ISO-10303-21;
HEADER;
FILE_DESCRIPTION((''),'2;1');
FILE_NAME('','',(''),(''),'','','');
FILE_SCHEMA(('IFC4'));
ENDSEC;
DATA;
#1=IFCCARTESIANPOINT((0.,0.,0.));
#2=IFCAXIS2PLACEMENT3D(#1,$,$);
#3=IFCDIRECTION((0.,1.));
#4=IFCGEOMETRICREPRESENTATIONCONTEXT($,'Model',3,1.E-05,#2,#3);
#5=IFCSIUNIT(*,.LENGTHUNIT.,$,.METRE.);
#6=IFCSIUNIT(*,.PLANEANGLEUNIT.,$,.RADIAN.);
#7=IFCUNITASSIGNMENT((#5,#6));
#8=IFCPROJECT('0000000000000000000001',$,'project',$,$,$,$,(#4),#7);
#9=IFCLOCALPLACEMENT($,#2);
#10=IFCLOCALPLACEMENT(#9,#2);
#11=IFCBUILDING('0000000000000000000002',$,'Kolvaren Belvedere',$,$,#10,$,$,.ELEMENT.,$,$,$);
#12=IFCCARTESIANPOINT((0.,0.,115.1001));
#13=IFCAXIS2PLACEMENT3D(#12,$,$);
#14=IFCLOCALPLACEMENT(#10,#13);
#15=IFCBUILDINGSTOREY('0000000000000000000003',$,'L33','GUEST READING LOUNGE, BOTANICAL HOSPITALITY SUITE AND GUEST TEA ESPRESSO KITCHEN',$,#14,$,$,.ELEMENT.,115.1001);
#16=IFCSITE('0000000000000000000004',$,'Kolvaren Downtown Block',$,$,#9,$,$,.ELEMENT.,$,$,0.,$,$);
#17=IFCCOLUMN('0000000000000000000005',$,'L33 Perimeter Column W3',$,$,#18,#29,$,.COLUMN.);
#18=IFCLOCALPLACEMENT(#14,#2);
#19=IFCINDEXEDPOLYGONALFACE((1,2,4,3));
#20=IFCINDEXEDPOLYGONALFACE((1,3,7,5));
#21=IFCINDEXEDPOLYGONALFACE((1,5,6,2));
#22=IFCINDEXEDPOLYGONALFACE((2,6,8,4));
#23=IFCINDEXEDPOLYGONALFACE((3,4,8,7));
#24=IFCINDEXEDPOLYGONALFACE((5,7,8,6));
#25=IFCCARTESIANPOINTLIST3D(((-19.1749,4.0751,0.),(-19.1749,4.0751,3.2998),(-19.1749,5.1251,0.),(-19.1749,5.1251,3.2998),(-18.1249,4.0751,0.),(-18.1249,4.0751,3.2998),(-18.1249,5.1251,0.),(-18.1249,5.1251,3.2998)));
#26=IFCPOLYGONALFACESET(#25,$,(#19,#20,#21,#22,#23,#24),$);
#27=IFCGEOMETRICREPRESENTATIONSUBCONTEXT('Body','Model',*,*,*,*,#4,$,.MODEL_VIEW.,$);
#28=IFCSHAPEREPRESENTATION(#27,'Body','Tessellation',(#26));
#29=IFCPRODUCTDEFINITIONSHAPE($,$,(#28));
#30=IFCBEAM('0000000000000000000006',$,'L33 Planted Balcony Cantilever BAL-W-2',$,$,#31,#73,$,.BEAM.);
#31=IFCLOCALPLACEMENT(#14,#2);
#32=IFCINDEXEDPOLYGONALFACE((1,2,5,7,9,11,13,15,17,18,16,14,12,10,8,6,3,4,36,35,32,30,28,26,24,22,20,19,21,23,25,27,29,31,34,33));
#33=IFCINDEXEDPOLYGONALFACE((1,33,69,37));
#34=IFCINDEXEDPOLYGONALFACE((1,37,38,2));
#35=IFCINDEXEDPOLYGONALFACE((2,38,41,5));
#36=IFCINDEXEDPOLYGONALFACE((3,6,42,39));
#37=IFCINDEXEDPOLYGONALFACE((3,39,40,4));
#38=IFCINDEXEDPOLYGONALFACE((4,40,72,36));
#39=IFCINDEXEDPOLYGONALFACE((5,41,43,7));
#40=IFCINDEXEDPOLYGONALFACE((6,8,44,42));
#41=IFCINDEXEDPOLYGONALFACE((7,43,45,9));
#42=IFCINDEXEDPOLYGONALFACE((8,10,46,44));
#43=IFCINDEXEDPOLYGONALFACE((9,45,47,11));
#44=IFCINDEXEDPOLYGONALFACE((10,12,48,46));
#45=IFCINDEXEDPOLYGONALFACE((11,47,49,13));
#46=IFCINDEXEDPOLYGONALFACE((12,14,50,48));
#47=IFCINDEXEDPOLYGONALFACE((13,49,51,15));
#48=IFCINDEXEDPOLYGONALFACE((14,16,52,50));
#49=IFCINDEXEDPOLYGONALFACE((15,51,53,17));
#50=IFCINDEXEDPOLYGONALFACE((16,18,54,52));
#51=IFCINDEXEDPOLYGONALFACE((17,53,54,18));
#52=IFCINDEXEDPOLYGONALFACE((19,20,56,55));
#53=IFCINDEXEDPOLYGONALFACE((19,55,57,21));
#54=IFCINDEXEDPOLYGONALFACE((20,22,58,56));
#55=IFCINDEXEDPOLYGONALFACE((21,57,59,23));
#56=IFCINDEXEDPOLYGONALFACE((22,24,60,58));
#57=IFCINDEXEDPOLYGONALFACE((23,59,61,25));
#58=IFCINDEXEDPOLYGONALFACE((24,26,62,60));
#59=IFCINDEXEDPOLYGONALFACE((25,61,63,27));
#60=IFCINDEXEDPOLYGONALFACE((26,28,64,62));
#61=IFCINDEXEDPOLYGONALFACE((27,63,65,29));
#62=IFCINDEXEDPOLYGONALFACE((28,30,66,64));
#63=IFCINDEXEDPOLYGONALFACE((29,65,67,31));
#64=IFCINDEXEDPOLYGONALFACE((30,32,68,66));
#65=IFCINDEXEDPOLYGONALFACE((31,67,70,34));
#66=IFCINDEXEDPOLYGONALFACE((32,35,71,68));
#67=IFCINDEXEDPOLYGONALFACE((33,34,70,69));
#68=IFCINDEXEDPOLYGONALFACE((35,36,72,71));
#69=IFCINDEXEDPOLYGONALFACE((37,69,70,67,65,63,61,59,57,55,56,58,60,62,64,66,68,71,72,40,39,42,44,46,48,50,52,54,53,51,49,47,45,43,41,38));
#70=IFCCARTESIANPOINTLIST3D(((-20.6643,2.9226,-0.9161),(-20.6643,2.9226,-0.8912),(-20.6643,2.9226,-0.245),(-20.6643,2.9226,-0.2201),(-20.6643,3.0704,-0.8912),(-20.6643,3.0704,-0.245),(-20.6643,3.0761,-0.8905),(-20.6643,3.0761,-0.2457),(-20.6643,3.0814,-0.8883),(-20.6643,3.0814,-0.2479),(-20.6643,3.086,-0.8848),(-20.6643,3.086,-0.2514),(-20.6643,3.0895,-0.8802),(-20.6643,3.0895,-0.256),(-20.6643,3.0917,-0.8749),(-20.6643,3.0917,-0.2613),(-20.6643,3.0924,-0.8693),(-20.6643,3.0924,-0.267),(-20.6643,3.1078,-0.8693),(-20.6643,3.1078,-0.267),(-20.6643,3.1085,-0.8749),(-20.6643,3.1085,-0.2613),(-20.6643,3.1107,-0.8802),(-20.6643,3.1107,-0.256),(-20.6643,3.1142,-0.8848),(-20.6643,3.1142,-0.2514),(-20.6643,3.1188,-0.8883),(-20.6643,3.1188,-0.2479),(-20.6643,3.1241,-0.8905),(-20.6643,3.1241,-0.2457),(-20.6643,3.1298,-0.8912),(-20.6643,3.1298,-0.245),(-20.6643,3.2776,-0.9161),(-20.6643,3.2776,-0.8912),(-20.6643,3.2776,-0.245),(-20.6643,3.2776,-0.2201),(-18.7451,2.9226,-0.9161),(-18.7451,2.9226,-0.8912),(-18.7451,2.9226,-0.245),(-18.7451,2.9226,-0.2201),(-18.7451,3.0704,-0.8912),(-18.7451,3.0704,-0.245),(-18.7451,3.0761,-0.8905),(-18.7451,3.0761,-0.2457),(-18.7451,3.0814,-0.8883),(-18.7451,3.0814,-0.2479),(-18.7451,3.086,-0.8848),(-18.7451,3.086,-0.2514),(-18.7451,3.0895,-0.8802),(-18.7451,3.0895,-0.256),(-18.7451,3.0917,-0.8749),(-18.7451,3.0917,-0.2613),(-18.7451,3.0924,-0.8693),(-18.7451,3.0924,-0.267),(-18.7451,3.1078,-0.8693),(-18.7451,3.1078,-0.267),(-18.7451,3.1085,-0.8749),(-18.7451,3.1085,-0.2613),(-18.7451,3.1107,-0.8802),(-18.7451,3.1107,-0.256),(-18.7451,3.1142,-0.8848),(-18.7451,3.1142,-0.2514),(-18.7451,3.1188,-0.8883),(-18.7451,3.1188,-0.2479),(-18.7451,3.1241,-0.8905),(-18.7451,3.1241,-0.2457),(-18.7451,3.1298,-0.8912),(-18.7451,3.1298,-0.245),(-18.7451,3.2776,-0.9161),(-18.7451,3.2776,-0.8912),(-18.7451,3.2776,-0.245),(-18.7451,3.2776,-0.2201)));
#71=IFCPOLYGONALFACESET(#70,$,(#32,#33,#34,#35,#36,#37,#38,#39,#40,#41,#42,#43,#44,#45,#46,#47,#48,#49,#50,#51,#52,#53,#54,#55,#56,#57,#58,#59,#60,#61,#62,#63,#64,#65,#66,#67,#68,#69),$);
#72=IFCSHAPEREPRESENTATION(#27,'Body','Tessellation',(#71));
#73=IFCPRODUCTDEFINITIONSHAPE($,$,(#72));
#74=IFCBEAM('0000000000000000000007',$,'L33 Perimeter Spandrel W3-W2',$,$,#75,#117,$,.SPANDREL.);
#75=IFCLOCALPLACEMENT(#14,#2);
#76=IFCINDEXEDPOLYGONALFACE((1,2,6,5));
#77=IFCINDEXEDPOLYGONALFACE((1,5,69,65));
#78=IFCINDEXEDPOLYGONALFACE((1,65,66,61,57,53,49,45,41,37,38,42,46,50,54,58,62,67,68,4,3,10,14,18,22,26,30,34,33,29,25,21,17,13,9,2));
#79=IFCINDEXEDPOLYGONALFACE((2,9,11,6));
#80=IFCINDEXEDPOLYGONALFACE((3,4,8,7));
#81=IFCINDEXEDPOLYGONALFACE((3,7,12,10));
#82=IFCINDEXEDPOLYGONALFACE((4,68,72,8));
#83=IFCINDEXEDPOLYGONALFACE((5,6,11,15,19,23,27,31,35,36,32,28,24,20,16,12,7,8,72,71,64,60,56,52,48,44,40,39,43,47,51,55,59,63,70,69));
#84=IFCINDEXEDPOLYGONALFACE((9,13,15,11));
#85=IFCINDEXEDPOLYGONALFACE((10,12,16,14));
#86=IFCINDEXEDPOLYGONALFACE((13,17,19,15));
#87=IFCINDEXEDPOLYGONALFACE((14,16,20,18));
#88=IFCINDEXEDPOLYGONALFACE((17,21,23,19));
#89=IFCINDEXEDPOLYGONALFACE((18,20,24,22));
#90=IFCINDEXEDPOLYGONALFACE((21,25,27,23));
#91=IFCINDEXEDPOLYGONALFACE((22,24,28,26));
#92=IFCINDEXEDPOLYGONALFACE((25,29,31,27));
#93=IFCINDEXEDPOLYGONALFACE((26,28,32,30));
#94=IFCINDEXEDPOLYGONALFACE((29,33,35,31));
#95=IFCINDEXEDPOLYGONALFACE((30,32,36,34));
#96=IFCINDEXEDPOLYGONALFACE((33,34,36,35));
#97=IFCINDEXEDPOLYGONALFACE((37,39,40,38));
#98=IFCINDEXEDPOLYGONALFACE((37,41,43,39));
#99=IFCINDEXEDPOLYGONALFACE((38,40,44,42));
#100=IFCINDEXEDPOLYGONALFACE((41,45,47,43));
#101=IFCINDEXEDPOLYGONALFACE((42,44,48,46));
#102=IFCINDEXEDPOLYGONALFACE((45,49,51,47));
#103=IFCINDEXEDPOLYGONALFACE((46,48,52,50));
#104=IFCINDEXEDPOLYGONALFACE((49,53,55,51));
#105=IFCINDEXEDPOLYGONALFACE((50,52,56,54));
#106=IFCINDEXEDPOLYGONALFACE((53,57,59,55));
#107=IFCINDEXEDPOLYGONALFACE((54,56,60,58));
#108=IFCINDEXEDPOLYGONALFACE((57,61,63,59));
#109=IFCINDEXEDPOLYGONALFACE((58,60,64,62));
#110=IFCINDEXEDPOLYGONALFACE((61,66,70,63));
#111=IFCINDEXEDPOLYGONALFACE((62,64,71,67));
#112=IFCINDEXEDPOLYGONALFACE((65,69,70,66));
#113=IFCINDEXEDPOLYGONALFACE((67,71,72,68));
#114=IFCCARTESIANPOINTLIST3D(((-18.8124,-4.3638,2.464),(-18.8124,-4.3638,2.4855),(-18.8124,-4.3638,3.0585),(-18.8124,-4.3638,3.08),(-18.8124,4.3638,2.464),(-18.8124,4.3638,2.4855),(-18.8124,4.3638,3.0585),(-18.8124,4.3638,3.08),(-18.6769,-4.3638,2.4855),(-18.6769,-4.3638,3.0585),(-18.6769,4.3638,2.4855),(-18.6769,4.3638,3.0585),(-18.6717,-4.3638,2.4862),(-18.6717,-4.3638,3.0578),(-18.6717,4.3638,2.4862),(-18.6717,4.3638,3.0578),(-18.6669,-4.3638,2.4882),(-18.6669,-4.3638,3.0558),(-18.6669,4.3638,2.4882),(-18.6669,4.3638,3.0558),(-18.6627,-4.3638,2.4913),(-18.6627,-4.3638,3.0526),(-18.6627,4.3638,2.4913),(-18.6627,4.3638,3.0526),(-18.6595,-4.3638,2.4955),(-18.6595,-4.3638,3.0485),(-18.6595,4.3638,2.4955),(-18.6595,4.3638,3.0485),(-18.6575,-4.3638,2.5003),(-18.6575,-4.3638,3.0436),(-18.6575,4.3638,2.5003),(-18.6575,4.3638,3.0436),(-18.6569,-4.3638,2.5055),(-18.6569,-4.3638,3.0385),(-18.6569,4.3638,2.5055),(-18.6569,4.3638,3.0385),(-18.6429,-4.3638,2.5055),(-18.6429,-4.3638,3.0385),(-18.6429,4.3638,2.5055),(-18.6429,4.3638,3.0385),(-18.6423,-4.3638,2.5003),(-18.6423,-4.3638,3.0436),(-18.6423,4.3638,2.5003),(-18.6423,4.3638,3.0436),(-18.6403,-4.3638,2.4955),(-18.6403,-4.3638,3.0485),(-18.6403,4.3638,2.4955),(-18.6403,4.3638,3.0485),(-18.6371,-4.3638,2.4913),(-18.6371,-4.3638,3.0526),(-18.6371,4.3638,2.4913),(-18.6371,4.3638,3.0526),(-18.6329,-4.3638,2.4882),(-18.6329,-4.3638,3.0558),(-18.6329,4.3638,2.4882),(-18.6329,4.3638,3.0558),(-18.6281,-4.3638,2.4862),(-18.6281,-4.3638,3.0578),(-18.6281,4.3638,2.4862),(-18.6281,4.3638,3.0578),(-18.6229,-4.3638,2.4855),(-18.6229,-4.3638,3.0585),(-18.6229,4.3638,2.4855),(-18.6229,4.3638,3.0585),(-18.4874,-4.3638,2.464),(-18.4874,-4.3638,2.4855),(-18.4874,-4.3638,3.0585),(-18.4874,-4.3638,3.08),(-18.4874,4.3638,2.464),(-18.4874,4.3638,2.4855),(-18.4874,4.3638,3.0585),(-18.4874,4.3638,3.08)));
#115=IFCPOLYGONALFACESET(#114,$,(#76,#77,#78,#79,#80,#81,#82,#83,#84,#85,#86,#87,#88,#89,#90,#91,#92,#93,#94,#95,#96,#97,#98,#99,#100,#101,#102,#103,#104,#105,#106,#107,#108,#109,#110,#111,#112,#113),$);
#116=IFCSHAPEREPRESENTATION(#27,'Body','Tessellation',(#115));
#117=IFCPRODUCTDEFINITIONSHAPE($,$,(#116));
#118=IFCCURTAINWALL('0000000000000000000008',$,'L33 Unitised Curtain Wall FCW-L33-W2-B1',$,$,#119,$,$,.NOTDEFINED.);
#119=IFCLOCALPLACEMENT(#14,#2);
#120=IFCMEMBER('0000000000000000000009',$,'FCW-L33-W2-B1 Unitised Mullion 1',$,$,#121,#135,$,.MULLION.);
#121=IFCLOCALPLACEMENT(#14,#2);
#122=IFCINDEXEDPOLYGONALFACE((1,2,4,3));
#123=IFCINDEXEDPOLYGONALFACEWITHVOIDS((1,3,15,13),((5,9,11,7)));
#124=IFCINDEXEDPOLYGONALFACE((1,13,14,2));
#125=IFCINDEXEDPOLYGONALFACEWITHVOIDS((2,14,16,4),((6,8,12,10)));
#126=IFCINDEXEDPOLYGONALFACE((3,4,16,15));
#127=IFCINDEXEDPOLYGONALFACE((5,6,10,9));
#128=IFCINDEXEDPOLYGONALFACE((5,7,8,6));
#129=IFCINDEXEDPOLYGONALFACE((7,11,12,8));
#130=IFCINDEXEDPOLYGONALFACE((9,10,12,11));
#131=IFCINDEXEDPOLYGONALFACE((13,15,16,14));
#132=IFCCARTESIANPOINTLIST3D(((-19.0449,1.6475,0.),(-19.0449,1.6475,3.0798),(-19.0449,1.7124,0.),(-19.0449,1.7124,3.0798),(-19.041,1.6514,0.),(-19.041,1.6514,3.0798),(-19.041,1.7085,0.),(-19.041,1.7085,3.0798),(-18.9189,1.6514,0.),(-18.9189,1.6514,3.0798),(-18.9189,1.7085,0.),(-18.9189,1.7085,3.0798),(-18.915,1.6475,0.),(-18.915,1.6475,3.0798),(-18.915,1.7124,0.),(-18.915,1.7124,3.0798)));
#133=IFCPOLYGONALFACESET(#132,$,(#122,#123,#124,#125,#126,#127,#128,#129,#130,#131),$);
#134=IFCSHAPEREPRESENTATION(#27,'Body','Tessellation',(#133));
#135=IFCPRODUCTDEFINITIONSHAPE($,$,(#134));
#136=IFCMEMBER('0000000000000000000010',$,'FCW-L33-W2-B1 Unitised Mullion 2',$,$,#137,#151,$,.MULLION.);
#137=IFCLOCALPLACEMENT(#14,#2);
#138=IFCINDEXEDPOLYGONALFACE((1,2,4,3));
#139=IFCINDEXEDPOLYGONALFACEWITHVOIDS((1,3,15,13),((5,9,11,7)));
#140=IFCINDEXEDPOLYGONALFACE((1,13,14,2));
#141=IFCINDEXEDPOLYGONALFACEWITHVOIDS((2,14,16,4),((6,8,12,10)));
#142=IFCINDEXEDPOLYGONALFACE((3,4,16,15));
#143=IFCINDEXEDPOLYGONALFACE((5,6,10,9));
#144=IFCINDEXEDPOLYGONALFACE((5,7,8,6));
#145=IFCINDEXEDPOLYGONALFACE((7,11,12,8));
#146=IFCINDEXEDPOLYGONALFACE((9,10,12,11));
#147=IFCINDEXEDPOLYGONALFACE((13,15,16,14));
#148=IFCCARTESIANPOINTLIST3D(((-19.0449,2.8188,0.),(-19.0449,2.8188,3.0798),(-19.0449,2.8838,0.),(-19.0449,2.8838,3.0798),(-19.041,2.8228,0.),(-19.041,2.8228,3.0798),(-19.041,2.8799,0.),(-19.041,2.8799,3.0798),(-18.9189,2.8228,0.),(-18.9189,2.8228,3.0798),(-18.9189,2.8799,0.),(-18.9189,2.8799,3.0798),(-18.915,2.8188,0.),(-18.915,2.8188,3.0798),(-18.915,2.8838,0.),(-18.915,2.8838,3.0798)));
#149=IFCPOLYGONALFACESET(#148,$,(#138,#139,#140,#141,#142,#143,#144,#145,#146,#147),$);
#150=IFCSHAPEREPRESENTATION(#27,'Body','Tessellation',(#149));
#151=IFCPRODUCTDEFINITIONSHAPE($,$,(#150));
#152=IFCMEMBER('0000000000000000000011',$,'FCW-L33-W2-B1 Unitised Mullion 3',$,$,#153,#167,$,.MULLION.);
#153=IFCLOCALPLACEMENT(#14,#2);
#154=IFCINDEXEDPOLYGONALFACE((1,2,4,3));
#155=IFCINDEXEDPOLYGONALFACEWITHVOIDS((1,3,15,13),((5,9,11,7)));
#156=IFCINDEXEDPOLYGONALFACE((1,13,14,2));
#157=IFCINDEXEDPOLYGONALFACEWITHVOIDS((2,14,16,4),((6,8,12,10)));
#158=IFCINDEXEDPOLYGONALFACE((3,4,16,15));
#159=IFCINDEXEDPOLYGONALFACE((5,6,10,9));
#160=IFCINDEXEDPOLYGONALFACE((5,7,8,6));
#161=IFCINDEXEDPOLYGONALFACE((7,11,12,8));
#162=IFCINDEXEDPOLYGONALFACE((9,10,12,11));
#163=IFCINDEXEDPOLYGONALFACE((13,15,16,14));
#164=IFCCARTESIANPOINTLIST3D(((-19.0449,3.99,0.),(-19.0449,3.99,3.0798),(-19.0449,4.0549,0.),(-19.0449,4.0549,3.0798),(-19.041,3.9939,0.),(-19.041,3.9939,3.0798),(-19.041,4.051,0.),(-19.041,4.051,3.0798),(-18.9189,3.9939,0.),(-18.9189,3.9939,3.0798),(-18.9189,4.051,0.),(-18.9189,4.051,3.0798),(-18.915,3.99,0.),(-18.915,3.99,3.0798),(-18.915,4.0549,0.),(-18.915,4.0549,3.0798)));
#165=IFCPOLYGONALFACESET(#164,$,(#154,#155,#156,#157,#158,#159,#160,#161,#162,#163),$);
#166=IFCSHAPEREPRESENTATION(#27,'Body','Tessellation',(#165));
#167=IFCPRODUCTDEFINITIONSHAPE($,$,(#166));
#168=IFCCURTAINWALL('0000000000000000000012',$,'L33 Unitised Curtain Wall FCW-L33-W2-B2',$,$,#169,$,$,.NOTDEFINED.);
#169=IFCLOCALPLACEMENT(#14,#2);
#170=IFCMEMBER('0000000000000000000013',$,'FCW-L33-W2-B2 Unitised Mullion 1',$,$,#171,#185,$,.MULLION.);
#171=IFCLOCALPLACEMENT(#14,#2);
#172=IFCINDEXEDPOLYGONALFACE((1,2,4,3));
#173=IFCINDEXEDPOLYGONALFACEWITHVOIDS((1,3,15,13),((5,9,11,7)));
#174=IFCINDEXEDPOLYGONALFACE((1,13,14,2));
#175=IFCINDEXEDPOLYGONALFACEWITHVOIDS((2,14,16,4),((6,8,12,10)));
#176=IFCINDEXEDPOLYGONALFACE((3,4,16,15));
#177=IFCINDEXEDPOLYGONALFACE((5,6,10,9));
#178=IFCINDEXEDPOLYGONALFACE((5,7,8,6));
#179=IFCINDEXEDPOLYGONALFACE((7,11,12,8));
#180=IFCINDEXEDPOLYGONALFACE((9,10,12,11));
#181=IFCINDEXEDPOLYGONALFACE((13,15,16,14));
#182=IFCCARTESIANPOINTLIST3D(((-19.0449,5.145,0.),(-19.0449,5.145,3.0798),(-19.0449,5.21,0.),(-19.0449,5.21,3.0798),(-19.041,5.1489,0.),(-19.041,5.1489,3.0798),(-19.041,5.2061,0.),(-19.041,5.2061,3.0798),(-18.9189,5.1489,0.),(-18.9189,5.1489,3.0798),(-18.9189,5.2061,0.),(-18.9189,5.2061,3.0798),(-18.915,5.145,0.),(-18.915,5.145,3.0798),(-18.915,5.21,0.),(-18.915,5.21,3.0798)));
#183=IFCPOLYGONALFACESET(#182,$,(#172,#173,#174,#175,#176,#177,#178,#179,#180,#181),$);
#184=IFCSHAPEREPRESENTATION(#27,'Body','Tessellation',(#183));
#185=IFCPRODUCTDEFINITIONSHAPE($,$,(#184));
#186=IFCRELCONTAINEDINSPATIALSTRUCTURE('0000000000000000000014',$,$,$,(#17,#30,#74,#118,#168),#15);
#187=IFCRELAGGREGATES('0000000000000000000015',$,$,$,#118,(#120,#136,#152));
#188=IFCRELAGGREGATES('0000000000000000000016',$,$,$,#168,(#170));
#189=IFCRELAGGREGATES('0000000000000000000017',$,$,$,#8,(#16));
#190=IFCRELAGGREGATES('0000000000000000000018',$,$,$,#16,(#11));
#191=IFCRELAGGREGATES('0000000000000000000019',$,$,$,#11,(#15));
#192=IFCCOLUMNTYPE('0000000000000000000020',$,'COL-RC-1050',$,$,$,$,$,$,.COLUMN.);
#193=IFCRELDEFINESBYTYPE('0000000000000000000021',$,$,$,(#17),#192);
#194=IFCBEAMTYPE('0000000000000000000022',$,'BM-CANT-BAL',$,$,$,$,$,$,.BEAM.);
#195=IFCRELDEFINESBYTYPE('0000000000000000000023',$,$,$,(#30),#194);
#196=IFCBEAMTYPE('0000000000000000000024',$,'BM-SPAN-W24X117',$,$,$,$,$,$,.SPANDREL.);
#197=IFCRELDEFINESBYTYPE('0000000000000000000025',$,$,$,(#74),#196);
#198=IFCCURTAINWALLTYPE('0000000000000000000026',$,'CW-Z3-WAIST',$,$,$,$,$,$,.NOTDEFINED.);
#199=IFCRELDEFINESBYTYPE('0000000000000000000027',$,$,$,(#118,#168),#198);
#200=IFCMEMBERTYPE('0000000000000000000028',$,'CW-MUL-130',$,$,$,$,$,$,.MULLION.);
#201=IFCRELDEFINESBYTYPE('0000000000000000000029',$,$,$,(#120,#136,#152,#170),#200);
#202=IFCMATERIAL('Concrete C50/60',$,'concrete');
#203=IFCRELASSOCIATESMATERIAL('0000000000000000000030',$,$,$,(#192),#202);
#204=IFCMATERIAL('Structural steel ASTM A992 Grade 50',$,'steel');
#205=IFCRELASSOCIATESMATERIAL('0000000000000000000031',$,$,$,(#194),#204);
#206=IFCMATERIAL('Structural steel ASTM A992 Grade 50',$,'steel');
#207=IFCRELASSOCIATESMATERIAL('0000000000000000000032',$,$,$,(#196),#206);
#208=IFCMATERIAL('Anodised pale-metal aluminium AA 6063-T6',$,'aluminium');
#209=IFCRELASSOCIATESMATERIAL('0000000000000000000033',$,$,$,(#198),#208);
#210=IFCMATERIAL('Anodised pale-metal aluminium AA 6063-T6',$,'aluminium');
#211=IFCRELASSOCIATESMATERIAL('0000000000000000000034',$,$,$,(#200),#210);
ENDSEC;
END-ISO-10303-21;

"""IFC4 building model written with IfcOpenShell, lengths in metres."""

from ifc_helpers import new_model, si_unit, direction, frame, origin, origin_2d, place, context, subcontext, project, spatial, rectangle, hollow_rectangle, i_section, extrude, material, material_profile, profile_set, type_object, element, aggregate, save


model = new_model("IFC4")

# Units and contexts
model_context = context("Model", 3, precision=1e-05, world=origin(), true_north=direction((0.0, 1.0)))
body_context = subcontext(model_context, "Body", "Model", "MODEL_VIEW")
ifc_project = project(units=[si_unit("LENGTHUNIT", "METRE"), si_unit("PLANEANGLEUNIT", "RADIAN")], contexts=[model_context])

# Site, building, storey
site_placement = place(None, origin())
site = spatial("IfcSite", under=ifc_project, at=site_placement, Name="Kolvaren Downtown Block", CompositionType="ELEMENT", RefElevation=0.0)
building_placement = place(site_placement, origin())
building = spatial("IfcBuilding", under=site, at=building_placement, Name="Kolvaren Belvedere", CompositionType="ELEMENT")
storey_placement = place(building_placement, frame((0.0, 0.0, 115.1001)))
storey = spatial("IfcBuildingStorey", under=building, at=storey_placement, Name="L33", Description="GUEST READING LOUNGE, BOTANICAL HOSPITALITY SUITE AND GUEST TEA ESPRESSO KITCHEN", CompositionType="ELEMENT", Elevation=115.1001)

# Column
ifc_material_1 = material(Name="Concrete C50/60", Category="concrete")
ifc_material_profile_1 = material_profile(ifc_material_1, rectangle(XDim=1.05, YDim=1.05, at=origin_2d()), Name="RC 1050X1050")
ifc_profile_set_1 = profile_set([ifc_material_profile_1], Name="Concrete C50/60")
column_type = type_object("IfcColumnType", Name="COL-RC-1050", PredefinedType="COLUMN", material=ifc_profile_set_1)
column_placement = place(storey_placement, frame((-18.6499, 4.6001, 0.0), z_axis=(0.0, 0.0, 1.0), x_axis=(1.0, 0.0, 0.0)))
element("IfcColumn", 1, at=column_placement, inside=storey, type_object=column_type, Name="L33 Perimeter Column W3", PredefinedType="COLUMN", context=body_context, shape_type="SweptSolid", body=[
    extrude(rectangle(XDim=1.05, YDim=1.05, at=origin_2d()), origin(), (0.0, 0.0, 1.0), 3.2998),
])

# Beams
ifc_material_2 = material(Name="Structural steel ASTM A992 Grade 50", Category="steel")
ifc_material_profile_2 = material_profile(ifc_material_2, i_section(OverallWidth=0.355, OverallDepth=0.696, WebThickness=0.0154, FlangeThickness=0.0249, FilletRadius=0.022, at=origin_2d()), Name="W27X146")
ifc_profile_set_2 = profile_set([ifc_material_profile_2], Name="Structural steel ASTM A992 Grade 50")
beam_type_1 = type_object("IfcBeamType", Name="BM-CANT-BAL", PredefinedType="BEAM", material=ifc_profile_set_2)
beam_1_placement = place(storey_placement, frame((-18.7451, 3.1001, -0.5681), z_axis=(-1.0, 0.0, 0.0), x_axis=(0.0, -1.0, 0.0)))
element("IfcBeam", 2, at=beam_1_placement, inside=storey, type_object=beam_type_1, Name="L33 Planted Balcony Cantilever BAL-W-2", PredefinedType="BEAM", context=body_context, shape_type="SweptSolid", body=[
    extrude(i_section(OverallWidth=0.355, OverallDepth=0.696, WebThickness=0.0154, FlangeThickness=0.0249, FilletRadius=0.022, at=origin_2d()), origin(), (0.0, 0.0, 1.0), 1.9192),
])
ifc_material_3 = material(Name="Structural steel ASTM A992 Grade 50", Category="steel")
ifc_material_profile_3 = material_profile(ifc_material_3, i_section(OverallWidth=0.325, OverallDepth=0.616, WebThickness=0.0139, FlangeThickness=0.0215, FilletRadius=0.02, at=origin_2d()), Name="W24X117")
ifc_profile_set_3 = profile_set([ifc_material_profile_3], Name="Structural steel ASTM A992 Grade 50")
beam_type_2 = type_object("IfcBeamType", Name="BM-SPAN-W24X117", PredefinedType="SPANDREL", material=ifc_profile_set_3)
beam_2_placement = place(storey_placement, frame((-18.6499, 4.3638, 2.772), z_axis=(0.0, -1.0, 0.0), x_axis=(1.0, 0.0, 0.0)))
element("IfcBeam", 3, at=beam_2_placement, inside=storey, type_object=beam_type_2, Name="L33 Perimeter Spandrel W3-W2", PredefinedType="SPANDREL", context=body_context, shape_type="SweptSolid", body=[
    extrude(i_section(OverallWidth=0.325, OverallDepth=0.616, WebThickness=0.0139, FlangeThickness=0.0215, FilletRadius=0.02, at=origin_2d()), origin(), (0.0, 0.0, 1.0), 8.7275),
])

# Curtain wall, members
ifc_material_4 = material(Name="Anodised pale-metal aluminium AA 6063-T6", Category="aluminium")
curtain_wall_type = type_object("IfcCurtainWallType", Name="CW-Z3-WAIST", PredefinedType="NOTDEFINED", material=ifc_material_4)
curtain_wall_1_placement = place(storey_placement, origin())
curtain_wall_1 = element("IfcCurtainWall", 4, at=curtain_wall_1_placement, inside=storey, type_object=curtain_wall_type, Name="L33 Unitised Curtain Wall FCW-L33-W2-B1", PredefinedType="NOTDEFINED")
ifc_material_5 = material(Name="Anodised pale-metal aluminium AA 6063-T6", Category="aluminium")
ifc_material_profile_4 = material_profile(ifc_material_5, hollow_rectangle(XDim=0.0649, YDim=0.1299, WallThickness=0.0039, at=origin_2d()), Name="ALU-MUL-130X65")
ifc_profile_set_4 = profile_set([ifc_material_profile_4], Name="Anodised pale-metal aluminium AA 6063-T6")
member_type_1 = type_object("IfcMemberType", Name="CW-MUL-130", PredefinedType="MULLION", material=ifc_profile_set_4)
member_1_placement = place(storey_placement, frame((-18.98, 1.6799, 0.0), z_axis=(0.0, 0.0, 1.0), x_axis=(0.0, 1.0, 0.0)))
member_1 = element("IfcMember", 5, at=member_1_placement, type_object=member_type_1, Name="FCW-L33-W2-B1 Unitised Mullion 1", PredefinedType="MULLION", context=body_context, shape_type="SweptSolid", body=[
    extrude(hollow_rectangle(XDim=0.0649, YDim=0.1299, WallThickness=0.0039, at=origin_2d()), origin(), (0.0, 0.0, 1.0), 3.0798),
])
member_2_placement = place(storey_placement, frame((-18.98, 2.8513, 0.0), z_axis=(0.0, 0.0, 1.0), x_axis=(0.0, 1.0, 0.0)))
member_2 = element("IfcMember", 6, at=member_2_placement, type_object=member_type_1, Name="FCW-L33-W2-B1 Unitised Mullion 2", PredefinedType="MULLION", context=body_context, shape_type="SweptSolid", body=[
    extrude(hollow_rectangle(XDim=0.0649, YDim=0.1299, WallThickness=0.0039, at=origin_2d()), origin(), (0.0, 0.0, 1.0), 3.0798),
])
member_3_placement = place(storey_placement, frame((-18.98, 4.0225, 0.0), z_axis=(0.0, 0.0, 1.0), x_axis=(0.0, 1.0, 0.0)))
member_3 = element("IfcMember", 7, at=member_3_placement, type_object=member_type_1, Name="FCW-L33-W2-B1 Unitised Mullion 3", PredefinedType="MULLION", context=body_context, shape_type="SweptSolid", body=[
    extrude(hollow_rectangle(XDim=0.0649, YDim=0.1299, WallThickness=0.0039, at=origin_2d()), origin(), (0.0, 0.0, 1.0), 3.0798),
])

# Curtain wall, member
curtain_wall_2_placement = place(storey_placement, origin())
curtain_wall_2 = element("IfcCurtainWall", 8, at=curtain_wall_2_placement, inside=storey, type_object=curtain_wall_type, Name="L33 Unitised Curtain Wall FCW-L33-W2-B2", PredefinedType="NOTDEFINED")
member_4_placement = place(storey_placement, frame((-18.98, 5.1775, 0.0), z_axis=(0.0, 0.0, 1.0), x_axis=(0.0, 1.0, 0.0)))
member_4 = element("IfcMember", 9, at=member_4_placement, type_object=member_type_1, Name="FCW-L33-W2-B2 Unitised Mullion 1", PredefinedType="MULLION", context=body_context, shape_type="SweptSolid", body=[
    extrude(hollow_rectangle(XDim=0.0649, YDim=0.1299, WallThickness=0.0039, at=origin_2d()), origin(), (0.0, 0.0, 1.0), 3.0798),
])

aggregate(curtain_wall_1, [member_1, member_2, member_3])
aggregate(curtain_wall_2, [member_4])

save(model, "model.ifc")
